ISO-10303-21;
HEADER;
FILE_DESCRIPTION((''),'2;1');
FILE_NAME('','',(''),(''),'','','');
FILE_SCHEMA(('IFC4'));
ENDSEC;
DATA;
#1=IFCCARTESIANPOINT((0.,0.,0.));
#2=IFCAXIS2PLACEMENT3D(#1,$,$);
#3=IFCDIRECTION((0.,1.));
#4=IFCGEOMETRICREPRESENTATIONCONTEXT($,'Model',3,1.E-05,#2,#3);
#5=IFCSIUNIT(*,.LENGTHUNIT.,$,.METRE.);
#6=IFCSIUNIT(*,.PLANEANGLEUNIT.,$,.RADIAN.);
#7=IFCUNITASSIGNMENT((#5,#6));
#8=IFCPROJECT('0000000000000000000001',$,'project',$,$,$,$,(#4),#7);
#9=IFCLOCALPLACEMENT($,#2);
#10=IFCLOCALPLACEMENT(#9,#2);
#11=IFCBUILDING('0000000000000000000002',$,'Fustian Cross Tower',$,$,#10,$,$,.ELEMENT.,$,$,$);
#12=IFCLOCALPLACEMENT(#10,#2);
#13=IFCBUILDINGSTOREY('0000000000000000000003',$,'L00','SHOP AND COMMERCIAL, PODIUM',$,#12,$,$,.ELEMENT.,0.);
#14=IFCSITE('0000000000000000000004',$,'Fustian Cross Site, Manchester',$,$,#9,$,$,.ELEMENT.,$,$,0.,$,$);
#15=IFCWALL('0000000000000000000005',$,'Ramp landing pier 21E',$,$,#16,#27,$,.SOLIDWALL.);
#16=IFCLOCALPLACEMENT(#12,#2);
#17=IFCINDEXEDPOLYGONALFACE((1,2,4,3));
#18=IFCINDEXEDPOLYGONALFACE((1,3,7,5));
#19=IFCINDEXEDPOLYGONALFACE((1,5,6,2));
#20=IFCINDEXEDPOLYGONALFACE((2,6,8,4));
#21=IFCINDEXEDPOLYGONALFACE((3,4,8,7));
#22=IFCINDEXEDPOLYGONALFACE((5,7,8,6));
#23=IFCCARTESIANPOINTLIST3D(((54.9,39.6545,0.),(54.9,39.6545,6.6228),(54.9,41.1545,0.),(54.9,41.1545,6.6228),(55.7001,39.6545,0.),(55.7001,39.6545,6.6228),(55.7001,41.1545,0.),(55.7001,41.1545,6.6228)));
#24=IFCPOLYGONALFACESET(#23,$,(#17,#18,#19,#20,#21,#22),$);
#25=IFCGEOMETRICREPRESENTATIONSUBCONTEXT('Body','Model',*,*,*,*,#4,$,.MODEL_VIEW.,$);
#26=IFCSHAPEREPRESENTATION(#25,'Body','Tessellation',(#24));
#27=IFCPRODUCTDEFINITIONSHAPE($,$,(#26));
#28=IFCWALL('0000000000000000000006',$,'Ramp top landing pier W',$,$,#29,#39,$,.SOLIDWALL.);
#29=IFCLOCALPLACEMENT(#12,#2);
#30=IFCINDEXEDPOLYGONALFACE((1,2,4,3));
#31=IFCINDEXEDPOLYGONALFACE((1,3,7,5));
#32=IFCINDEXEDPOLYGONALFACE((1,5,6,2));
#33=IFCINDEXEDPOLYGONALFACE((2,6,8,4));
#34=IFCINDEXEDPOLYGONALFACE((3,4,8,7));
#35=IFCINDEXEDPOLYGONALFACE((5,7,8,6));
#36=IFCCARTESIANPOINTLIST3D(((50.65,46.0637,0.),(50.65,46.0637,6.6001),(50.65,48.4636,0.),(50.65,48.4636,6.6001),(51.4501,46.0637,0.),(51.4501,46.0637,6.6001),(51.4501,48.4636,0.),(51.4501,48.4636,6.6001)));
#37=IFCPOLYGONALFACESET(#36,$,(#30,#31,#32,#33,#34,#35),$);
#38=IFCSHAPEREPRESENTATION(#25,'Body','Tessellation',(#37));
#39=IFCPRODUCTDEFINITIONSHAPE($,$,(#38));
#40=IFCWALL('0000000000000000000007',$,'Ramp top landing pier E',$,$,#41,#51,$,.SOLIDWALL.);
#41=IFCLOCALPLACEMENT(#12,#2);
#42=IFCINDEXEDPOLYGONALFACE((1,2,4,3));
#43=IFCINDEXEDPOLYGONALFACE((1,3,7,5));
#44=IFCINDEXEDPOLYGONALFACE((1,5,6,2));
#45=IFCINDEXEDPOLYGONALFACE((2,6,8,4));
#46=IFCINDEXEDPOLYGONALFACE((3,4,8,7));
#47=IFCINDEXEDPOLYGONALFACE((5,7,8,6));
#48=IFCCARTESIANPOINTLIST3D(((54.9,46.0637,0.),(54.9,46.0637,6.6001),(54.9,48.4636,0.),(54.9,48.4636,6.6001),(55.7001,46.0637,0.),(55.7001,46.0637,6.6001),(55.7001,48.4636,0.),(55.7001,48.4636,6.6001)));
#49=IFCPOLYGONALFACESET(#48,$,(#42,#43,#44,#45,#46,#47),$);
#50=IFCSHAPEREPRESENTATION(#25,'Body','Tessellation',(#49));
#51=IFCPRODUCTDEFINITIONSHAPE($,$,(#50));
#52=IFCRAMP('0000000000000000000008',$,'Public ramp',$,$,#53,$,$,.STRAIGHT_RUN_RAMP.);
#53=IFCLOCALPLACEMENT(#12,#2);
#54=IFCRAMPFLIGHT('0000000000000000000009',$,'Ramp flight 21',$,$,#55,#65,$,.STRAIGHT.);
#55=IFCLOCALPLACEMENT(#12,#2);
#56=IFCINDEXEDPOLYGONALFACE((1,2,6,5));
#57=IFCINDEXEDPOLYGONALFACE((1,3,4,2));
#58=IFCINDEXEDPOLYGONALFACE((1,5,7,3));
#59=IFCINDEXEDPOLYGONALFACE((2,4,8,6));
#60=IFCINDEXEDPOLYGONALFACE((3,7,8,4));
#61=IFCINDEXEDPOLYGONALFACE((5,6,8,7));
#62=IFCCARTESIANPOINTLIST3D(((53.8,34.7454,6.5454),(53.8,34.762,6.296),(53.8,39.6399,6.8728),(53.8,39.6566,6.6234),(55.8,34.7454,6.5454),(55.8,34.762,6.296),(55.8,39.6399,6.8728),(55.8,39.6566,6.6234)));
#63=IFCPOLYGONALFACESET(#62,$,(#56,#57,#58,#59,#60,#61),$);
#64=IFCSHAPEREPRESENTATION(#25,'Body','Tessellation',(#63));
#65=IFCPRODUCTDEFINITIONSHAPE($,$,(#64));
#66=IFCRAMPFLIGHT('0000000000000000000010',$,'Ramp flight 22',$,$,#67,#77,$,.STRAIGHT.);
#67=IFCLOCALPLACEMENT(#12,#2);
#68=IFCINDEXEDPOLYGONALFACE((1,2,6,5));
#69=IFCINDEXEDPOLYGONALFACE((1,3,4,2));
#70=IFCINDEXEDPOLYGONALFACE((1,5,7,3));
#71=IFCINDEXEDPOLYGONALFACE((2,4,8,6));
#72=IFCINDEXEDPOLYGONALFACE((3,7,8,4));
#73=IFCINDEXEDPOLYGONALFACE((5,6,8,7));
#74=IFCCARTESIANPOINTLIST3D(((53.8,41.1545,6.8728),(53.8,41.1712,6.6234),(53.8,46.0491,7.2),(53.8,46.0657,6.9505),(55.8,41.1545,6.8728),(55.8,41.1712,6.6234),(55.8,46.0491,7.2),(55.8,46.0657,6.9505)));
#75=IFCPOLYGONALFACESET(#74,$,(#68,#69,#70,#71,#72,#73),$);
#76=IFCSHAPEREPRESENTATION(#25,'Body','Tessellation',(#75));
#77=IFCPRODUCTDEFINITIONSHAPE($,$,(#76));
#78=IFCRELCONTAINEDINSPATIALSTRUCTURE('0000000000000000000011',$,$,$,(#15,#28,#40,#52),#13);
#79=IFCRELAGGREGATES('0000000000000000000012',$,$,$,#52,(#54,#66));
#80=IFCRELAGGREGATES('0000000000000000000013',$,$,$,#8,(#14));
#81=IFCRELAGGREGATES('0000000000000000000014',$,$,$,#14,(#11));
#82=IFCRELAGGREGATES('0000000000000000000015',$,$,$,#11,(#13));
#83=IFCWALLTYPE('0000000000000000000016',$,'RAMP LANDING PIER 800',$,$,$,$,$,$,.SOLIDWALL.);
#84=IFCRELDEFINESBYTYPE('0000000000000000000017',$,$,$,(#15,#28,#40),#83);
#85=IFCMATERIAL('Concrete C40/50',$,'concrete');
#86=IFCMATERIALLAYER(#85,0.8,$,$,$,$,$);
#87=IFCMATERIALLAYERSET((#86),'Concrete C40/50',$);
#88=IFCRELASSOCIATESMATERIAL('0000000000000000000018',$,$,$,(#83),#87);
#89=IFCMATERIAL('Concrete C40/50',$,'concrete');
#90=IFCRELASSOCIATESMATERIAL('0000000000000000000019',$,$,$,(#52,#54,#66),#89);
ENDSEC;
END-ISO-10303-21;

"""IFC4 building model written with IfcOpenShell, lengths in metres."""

from ifc_helpers import new_model, si_unit, direction, frame, frame_2d, origin, place, context, subcontext, project, spatial, polyline, rectangle, outline, extrude, material, layer, layer_set, type_object, element, aggregate, save


model = new_model("IFC4")

# Units and contexts
model_context = context("Model", 3, precision=1e-05, world=origin(), true_north=direction((0.0, 1.0)))
body_context = subcontext(model_context, "Body", "Model", "MODEL_VIEW")
ifc_project = project(units=[si_unit("LENGTHUNIT", "METRE"), si_unit("PLANEANGLEUNIT", "RADIAN")], contexts=[model_context])

# Site, building, storey
site_placement = place(None, origin())
site = spatial("IfcSite", under=ifc_project, at=site_placement, Name="Fustian Cross Site, Manchester", CompositionType="ELEMENT", RefElevation=0.0)
building_placement = place(site_placement, origin())
building = spatial("IfcBuilding", under=site, at=building_placement, Name="Fustian Cross Tower", CompositionType="ELEMENT")
storey_placement = place(building_placement, origin())
storey = spatial("IfcBuildingStorey", under=building, at=storey_placement, Name="L00", Description="SHOP AND COMMERCIAL, PODIUM", CompositionType="ELEMENT", Elevation=0.0)

# Walls
ifc_material_1 = material(Name="Concrete C40/50", Category="concrete")
ifc_layer_1 = layer(ifc_material_1, 0.8)
ifc_layer_set_1 = layer_set([ifc_layer_1], Name="Concrete C40/50")
wall_type_1 = type_object("IfcWallType", Name="RAMP LANDING PIER 800", PredefinedType="SOLIDWALL", material=ifc_layer_set_1)
for number, where, z_axis, x_axis, name in (
    (1, (55.3, 39.6545, 0.0), (0.0, 0.0, 1.0), (0.0, 1.0, 0.0), "Ramp landing pier 21E"),
):
    element("IfcWall", number, at=place(storey_placement, frame(where, z_axis=z_axis, x_axis=x_axis)), inside=storey, type_object=wall_type_1, Name=name, PredefinedType="SOLIDWALL", context=body_context, shape_type="SweptSolid", body=[
        extrude(rectangle(XDim=1.5, YDim=0.8, at=frame_2d((0.75, 0.0))), origin(), (0.0, 0.0, 1.0), 6.6228),
    ])
for number, where, z_axis, x_axis, name in (
    (2, (51.05, 46.0637, 0.0), (0.0, 0.0, 1.0), (0.0, 1.0, 0.0), "Ramp top landing pier W"),
    (3, (55.3, 46.0637, 0.0), (0.0, 0.0, 1.0), (0.0, 1.0, 0.0), "Ramp top landing pier E"),
):
    element("IfcWall", number, at=place(storey_placement, frame(where, z_axis=z_axis, x_axis=x_axis)), inside=storey, type_object=wall_type_1, Name=name, PredefinedType="SOLIDWALL", context=body_context, shape_type="SweptSolid", body=[
        extrude(rectangle(XDim=2.3999, YDim=0.8, at=frame_2d((1.2, 0.0))), origin(), (0.0, 0.0, 1.0), 6.6001),
    ])

# Ramp, ramp flights
ifc_material_2 = material(Name="Concrete C40/50", Category="concrete")
ramp_placement = place(storey_placement, origin())
ramp = element("IfcRamp", 4, at=ramp_placement, inside=storey, material=ifc_material_2, Name="Public ramp", PredefinedType="STRAIGHT_RUN_RAMP")
ramp_flight_1_placement = place(storey_placement, frame((53.8, 34.7454, 6.5454), z_axis=(0.0, -0.06674, 0.99777), x_axis=(1.0, 0.0, 0.0)))
ramp_flight_1 = element("IfcRampFlight", 5, at=ramp_flight_1_placement, material=ifc_material_2, Name="Ramp flight 21", PredefinedType="STRAIGHT", context=body_context, shape_type="SweptSolid", body=[
    extrude(outline(polyline([(0.0, 0.0), (2.0, 0.0), (2.0, 4.9055), (0.0, 4.9055), (0.0, 0.0)])), origin(), (0.0, 0.0, -1.0), 0.25),
])
ramp_flight_2_placement = place(storey_placement, frame((53.8, 41.1545, 6.8728), z_axis=(0.0, -0.066691, 0.997774), x_axis=(1.0, 0.0, 0.0)))
ramp_flight_2 = element("IfcRampFlight", 6, at=ramp_flight_2_placement, material=ifc_material_2, Name="Ramp flight 22", PredefinedType="STRAIGHT", context=body_context, shape_type="SweptSolid", body=[
    extrude(outline(polyline([(0.0, 0.0), (2.0, 0.0), (2.0, 4.9055), (0.0, 4.9055), (0.0, 0.0)])), origin(), (0.0, 0.0, -1.0), 0.25),
])
aggregate(ramp, [ramp_flight_1, ramp_flight_2])

save(model, "model.ifc")
